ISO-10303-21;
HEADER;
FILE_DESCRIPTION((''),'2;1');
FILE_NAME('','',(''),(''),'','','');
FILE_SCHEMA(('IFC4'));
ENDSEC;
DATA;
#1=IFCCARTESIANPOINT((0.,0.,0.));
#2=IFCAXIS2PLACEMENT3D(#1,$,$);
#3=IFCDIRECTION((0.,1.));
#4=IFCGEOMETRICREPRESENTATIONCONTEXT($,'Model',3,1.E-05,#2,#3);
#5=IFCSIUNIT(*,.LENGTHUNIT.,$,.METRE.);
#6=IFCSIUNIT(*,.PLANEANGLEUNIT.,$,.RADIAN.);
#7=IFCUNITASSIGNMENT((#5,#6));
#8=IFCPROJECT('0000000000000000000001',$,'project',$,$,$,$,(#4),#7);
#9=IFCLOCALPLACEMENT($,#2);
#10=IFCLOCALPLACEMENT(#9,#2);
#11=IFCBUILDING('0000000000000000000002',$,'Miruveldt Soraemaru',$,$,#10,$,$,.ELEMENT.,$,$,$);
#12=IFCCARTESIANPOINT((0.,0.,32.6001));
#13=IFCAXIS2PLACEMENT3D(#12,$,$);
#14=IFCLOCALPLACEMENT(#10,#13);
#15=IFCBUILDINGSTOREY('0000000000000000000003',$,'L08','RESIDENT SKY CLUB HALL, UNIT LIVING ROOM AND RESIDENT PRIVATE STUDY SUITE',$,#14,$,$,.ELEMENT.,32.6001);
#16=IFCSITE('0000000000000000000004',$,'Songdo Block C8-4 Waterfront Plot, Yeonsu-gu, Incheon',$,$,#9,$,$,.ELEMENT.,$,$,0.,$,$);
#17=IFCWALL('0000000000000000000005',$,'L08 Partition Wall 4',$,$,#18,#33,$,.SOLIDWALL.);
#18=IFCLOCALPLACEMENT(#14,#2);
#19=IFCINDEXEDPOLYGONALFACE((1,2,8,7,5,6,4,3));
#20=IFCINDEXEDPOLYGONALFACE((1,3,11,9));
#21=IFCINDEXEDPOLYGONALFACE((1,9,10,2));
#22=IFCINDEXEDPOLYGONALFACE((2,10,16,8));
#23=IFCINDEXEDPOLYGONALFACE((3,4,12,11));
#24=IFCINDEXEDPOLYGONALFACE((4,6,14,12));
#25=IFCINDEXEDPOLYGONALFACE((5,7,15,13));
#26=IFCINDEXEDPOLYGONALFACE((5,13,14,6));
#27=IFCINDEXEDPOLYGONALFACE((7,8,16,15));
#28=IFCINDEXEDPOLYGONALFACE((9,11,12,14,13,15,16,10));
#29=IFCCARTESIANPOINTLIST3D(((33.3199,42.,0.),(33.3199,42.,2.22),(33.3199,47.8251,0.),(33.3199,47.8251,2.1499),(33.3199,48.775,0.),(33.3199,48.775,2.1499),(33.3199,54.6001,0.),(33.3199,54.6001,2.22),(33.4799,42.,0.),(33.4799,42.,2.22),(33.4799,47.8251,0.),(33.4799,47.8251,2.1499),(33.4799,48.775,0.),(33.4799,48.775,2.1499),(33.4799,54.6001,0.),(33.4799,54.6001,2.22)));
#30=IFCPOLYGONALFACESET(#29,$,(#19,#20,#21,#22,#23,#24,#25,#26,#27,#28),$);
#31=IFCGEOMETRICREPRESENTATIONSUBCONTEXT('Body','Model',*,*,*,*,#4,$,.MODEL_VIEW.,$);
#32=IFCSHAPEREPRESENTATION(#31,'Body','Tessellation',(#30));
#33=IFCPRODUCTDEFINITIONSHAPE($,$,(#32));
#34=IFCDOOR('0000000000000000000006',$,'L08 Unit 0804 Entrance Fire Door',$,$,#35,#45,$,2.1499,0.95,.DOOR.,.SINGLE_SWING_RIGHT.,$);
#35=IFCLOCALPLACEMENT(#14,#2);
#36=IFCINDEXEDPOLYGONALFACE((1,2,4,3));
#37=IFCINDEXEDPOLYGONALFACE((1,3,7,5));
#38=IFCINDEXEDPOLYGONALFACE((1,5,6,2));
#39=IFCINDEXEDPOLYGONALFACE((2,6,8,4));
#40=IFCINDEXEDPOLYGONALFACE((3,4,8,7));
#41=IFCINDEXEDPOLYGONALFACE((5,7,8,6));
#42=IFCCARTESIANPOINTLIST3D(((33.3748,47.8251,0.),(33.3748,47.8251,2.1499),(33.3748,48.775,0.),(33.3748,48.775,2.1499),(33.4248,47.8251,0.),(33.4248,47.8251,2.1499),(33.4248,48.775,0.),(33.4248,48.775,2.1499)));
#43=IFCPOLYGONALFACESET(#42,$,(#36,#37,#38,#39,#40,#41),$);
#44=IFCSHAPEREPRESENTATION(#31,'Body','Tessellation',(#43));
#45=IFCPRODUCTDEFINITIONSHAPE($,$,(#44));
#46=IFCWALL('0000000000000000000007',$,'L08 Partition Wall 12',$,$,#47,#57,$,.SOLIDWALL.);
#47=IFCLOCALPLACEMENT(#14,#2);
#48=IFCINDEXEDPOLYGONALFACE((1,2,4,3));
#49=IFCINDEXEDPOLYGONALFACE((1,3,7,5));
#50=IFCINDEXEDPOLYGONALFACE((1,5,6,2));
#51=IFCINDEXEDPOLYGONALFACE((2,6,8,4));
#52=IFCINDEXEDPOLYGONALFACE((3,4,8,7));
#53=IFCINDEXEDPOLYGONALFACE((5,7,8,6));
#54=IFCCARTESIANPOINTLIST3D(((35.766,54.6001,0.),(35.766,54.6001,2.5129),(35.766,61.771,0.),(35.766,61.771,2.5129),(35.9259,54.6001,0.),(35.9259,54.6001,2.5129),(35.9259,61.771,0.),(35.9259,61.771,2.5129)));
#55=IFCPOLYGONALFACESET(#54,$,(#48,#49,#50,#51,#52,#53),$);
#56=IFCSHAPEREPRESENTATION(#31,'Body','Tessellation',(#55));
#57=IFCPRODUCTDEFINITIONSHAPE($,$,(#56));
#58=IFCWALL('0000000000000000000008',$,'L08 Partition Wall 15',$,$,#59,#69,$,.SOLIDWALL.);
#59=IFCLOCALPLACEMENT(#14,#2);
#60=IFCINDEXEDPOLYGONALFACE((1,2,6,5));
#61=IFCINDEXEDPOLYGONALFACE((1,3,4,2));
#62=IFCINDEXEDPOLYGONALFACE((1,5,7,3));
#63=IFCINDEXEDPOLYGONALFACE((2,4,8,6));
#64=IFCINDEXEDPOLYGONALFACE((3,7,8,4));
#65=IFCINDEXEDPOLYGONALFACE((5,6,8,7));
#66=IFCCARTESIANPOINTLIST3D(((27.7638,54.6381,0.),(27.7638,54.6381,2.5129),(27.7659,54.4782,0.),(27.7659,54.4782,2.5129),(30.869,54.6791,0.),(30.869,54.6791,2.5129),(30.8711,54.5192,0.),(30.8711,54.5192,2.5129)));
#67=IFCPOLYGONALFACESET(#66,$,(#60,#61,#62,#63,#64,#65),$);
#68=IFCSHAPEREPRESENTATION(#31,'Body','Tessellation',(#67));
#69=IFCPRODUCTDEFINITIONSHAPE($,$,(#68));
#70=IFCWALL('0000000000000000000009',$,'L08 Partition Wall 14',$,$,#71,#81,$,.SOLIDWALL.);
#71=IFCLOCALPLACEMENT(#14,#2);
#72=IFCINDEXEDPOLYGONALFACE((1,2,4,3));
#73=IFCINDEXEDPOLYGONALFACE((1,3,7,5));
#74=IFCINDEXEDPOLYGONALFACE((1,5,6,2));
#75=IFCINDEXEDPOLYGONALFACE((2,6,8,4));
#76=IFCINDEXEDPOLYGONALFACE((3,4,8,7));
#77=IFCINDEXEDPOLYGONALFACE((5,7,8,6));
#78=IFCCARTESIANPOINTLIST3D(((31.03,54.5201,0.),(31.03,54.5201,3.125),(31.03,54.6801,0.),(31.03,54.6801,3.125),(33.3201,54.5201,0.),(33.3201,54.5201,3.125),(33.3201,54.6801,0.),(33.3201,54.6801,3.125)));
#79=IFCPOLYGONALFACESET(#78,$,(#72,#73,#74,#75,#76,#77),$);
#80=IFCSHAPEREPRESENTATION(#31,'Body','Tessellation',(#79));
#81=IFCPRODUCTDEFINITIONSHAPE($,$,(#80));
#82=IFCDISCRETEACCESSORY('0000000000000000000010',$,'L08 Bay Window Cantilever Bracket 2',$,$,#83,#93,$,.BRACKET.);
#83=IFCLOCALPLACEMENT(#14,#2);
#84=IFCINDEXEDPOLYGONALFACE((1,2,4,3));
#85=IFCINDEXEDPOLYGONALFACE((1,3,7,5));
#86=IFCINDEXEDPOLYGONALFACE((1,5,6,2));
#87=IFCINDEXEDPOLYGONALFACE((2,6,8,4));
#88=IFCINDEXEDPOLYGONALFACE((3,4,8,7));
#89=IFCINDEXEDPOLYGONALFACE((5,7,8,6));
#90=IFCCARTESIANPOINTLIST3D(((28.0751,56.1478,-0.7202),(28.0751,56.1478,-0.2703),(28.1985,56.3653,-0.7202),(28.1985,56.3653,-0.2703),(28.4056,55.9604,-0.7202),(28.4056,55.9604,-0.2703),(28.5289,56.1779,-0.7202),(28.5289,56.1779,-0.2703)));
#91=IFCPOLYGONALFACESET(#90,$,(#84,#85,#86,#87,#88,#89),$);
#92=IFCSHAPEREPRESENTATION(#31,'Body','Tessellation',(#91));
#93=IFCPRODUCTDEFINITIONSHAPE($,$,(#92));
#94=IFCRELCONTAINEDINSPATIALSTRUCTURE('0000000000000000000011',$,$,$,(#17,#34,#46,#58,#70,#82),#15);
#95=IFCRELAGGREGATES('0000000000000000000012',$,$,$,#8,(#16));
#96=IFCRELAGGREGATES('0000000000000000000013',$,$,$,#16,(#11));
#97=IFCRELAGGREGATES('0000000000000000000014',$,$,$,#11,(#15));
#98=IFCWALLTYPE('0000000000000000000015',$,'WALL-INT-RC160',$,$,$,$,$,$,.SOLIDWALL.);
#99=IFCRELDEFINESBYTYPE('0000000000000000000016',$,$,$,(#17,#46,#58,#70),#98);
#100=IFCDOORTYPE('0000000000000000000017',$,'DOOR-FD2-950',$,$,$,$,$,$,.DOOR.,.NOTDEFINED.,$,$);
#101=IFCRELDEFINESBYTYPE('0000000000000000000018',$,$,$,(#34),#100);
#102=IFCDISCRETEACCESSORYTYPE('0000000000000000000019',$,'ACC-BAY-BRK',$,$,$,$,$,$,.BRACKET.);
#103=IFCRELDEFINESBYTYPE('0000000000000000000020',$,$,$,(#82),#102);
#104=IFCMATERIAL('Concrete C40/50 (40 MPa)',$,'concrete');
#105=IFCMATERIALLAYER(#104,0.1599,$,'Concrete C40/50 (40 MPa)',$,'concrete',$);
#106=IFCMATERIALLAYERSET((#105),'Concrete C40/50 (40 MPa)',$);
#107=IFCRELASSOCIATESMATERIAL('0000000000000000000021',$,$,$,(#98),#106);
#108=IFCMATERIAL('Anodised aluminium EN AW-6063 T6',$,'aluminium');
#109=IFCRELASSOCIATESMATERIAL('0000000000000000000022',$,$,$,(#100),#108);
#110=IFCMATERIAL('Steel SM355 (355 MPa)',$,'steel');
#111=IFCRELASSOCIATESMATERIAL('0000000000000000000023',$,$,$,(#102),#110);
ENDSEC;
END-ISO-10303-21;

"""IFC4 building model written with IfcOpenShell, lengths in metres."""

from ifc_helpers import new_model, si_unit, direction, frame, frame_2d, origin, origin_2d, place, context, subcontext, project, spatial, rectangle, extrude, material, layer, layer_set, type_object, element, fill, save


model = new_model("IFC4")

# Units and contexts
model_context = context("Model", 3, precision=1e-05, world=origin(), true_north=direction((0.0, 1.0)))
body_context = subcontext(model_context, "Body", "Model", "MODEL_VIEW")
ifc_project = project(units=[si_unit("LENGTHUNIT", "METRE"), si_unit("PLANEANGLEUNIT", "RADIAN")], contexts=[model_context])

# Site, building, storey
site_placement = place(None, origin())
site = spatial("IfcSite", under=ifc_project, at=site_placement, Name="Songdo Block C8-4 Waterfront Plot, Yeonsu-gu, Incheon", CompositionType="ELEMENT", RefElevation=0.0)
building_placement = place(site_placement, origin())
building = spatial("IfcBuilding", under=site, at=building_placement, Name="Miruveldt Soraemaru", CompositionType="ELEMENT")
storey_placement = place(building_placement, frame((0.0, 0.0, 32.6001)))
storey = spatial("IfcBuildingStorey", under=building, at=storey_placement, Name="L08", Description="RESIDENT SKY CLUB HALL, UNIT LIVING ROOM AND RESIDENT PRIVATE STUDY SUITE", CompositionType="ELEMENT", Elevation=32.6001)

# Shared definitions
ifc_material_1 = material(Name="Steel SM355 (355 MPa)", Category="steel")

# Shared definitions
ifc_material_2 = material(Name="Anodised aluminium EN AW-6063 T6", Category="aluminium")

# Wall, opening, door
ifc_material_3 = material(Name="Concrete C40/50 (40 MPa)", Category="concrete")
ifc_layer_1 = layer(ifc_material_3, 0.1599, Name="Concrete C40/50 (40 MPa)", Category="concrete")
ifc_layer_set_1 = layer_set([ifc_layer_1], Name="Concrete C40/50 (40 MPa)")
wall_type_1 = type_object("IfcWallType", Name="WALL-INT-RC160", PredefinedType="SOLIDWALL", material=ifc_layer_set_1)
wall_1_placement = place(storey_placement, frame((33.3999, 54.6001, 0.0), z_axis=(0.0, 0.0, 1.0), x_axis=(0.0, -1.0, 0.0)))
wall_1 = element("IfcWall", 1, at=wall_1_placement, inside=storey, type_object=wall_type_1, Name="L08 Partition Wall 4", PredefinedType="SOLIDWALL", context=body_context, shape_type="SweptSolid", body=[
    extrude(rectangle(XDim=12.6001, YDim=0.1599, at=frame_2d((6.3, 0.0))), origin(), (0.0, 0.0, 1.0), 2.22),
])
opening_1_placement = place(wall_1_placement, frame((5.825, 0.0, 0.0)))
opening_1 = element("IfcOpeningElement", 2, at=opening_1_placement, cuts=wall_1, PredefinedType="OPENING", context=body_context, shape_type="SweptSolid", body=[
    extrude(rectangle(XDim=0.95, YDim=2.1499, at=frame_2d((0.4751, 1.075))), frame((0.0, 0.0898, 0.0), z_axis=(0.0, -1.0, 0.0), x_axis=(1.0, 0.0, 0.0)), (0.0, 0.0, 1.0), 0.1799),
])
door_type_1 = type_object("IfcDoorType", Name="DOOR-FD2-950", OperationType="NOTDEFINED", PredefinedType="DOOR", material=ifc_material_2)
door_1_placement = place(opening_1_placement, origin())
door_1 = element("IfcDoor", 3, at=door_1_placement, inside=storey, type_object=door_type_1, Name="L08 Unit 0804 Entrance Fire Door", OperationType="SINGLE_SWING_RIGHT", OverallHeight=2.1499, OverallWidth=0.95, PredefinedType="DOOR", context=body_context, shape_type="SweptSolid", body=[
    extrude(rectangle(XDim=0.95, YDim=2.1499, at=frame_2d((0.4751, 1.075))), frame((0.0, 0.0249, 0.0), z_axis=(0.0, -1.0, 0.0), x_axis=(1.0, 0.0, 0.0)), (0.0, 0.0, 1.0), 0.05),
])
fill(opening_1, door_1)

# Walls
wall_2_placement = place(storey_placement, frame((35.8459, 54.6001, 0.0), z_axis=(0.0, 0.0, 1.0), x_axis=(0.0, 1.0, 0.0)))
element("IfcWall", 4, at=wall_2_placement, inside=storey, type_object=wall_type_1, Name="L08 Partition Wall 12", PredefinedType="SOLIDWALL", context=body_context, shape_type="SweptSolid", body=[
    extrude(rectangle(XDim=7.1709, YDim=0.1599, at=frame_2d((3.5854, 0.0))), origin(), (0.0, 0.0, 1.0), 2.5129),
])
wall_3_placement = place(storey_placement, frame((27.7649, 54.5581, 0.0), z_axis=(0.0, 0.0, 1.0), x_axis=(0.999913, 0.013207, 0.0)))
element("IfcWall", 5, at=wall_3_placement, inside=storey, type_object=wall_type_1, Name="L08 Partition Wall 15", PredefinedType="SOLIDWALL", context=body_context, shape_type="SweptSolid", body=[
    extrude(rectangle(XDim=3.1055, YDim=0.1599, at=frame_2d((1.5527, 0.0))), origin(), (0.0, 0.0, 1.0), 2.5129),
])
wall_4_placement = place(storey_placement, frame((31.03, 54.6001, 0.0), z_axis=(0.0, 0.0, 1.0), x_axis=(1.0, 0.0, 0.0)))
element("IfcWall", 6, at=wall_4_placement, inside=storey, type_object=wall_type_1, Name="L08 Partition Wall 14", PredefinedType="SOLIDWALL", context=body_context, shape_type="SweptSolid", body=[
    extrude(rectangle(XDim=2.29, YDim=0.1599, at=frame_2d((1.145, 0.0))), origin(), (0.0, 0.0, 1.0), 3.125),
])

# Discrete accessory
discrete_accessory_type = type_object("IfcDiscreteAccessoryType", Name="ACC-BAY-BRK", PredefinedType="BRACKET", material=ifc_material_1)
discrete_accessory_placement = place(storey_placement, frame((28.302, 56.1628, -0.7202), z_axis=(0.0, 0.0, 1.0), x_axis=(-0.869831, 0.49335, 0.0)))
element("IfcDiscreteAccessory", 7, at=discrete_accessory_placement, inside=storey, type_object=discrete_accessory_type, Name="L08 Bay Window Cantilever Bracket 2", PredefinedType="BRACKET", context=body_context, shape_type="SweptSolid", body=[
    extrude(rectangle(XDim=0.3799, YDim=0.25, at=origin_2d()), origin(), (0.0, 0.0, 1.0), 0.45),
])

save(model, "model.ifc")
